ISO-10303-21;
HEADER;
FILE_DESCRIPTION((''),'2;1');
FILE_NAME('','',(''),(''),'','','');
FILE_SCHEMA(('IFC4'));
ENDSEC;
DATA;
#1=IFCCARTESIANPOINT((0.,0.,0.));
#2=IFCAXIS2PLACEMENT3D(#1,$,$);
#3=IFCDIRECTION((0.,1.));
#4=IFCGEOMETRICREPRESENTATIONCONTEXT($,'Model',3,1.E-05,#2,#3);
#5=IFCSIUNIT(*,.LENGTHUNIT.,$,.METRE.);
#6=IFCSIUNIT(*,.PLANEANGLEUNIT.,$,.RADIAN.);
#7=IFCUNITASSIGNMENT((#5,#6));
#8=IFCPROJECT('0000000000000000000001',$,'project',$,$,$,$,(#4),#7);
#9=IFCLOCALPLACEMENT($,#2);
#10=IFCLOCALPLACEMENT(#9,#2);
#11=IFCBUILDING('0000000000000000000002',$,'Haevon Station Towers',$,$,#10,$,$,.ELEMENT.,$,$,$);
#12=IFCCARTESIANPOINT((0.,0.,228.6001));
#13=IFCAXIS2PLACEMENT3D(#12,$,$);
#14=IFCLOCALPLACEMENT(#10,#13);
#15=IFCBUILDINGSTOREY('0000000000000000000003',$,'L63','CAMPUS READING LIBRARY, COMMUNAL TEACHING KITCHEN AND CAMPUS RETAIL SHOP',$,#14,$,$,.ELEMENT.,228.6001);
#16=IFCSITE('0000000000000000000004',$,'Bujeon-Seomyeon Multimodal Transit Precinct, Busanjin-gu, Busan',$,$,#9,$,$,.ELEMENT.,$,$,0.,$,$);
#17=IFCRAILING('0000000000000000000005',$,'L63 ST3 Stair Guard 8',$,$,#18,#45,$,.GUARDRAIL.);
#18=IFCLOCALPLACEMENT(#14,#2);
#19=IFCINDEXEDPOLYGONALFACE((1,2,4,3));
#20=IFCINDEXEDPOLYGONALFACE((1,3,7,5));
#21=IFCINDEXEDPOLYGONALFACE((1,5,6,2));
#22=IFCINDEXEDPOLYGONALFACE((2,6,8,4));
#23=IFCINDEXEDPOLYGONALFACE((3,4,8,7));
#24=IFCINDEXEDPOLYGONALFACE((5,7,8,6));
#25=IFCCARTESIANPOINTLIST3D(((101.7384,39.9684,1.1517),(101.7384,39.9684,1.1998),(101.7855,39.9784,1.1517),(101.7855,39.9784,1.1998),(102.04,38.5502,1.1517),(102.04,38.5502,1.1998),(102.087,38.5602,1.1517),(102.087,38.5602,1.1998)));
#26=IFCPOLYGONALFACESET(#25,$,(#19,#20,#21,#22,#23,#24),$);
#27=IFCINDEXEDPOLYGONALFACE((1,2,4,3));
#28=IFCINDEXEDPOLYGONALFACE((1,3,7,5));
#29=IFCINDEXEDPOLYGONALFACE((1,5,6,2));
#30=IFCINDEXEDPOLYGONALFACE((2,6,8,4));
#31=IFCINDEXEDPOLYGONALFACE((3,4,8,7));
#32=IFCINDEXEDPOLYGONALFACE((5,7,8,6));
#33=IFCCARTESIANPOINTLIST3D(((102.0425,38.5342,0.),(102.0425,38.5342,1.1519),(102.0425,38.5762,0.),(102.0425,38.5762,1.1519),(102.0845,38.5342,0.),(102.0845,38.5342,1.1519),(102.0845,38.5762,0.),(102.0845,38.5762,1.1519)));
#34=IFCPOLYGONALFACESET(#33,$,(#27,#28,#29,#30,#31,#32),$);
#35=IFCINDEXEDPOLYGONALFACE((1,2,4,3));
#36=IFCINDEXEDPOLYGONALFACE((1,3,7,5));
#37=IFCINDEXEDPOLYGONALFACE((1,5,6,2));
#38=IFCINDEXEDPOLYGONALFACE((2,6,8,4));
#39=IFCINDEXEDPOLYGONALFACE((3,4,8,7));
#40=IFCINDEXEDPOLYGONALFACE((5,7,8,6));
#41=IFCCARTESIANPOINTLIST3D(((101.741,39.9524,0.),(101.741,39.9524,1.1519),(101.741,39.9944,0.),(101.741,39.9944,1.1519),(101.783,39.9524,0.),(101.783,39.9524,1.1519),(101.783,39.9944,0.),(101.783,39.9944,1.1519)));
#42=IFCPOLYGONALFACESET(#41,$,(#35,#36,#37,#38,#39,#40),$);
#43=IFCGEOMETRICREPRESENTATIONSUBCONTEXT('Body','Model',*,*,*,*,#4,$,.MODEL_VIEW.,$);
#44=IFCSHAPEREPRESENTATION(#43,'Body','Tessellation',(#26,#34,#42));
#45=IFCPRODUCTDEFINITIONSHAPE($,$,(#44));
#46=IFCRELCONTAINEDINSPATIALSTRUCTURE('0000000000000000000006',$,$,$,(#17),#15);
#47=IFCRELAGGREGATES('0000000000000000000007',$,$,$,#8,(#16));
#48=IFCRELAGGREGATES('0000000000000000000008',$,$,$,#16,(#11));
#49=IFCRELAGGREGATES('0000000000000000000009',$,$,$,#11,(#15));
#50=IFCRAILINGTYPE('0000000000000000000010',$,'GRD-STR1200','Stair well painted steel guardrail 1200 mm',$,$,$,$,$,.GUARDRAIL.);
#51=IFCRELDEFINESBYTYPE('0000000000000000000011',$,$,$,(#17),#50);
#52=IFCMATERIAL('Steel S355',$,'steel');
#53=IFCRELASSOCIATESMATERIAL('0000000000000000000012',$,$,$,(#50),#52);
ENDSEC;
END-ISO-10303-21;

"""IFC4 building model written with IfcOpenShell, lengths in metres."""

from ifc_helpers import new_model, si_unit, direction, frame, origin, origin_2d, place, context, subcontext, project, spatial, rectangle, extrude, material, type_object, element, save


model = new_model("IFC4")

# Units and contexts
model_context = context("Model", 3, precision=1e-05, world=origin(), true_north=direction((0.0, 1.0)))
body_context = subcontext(model_context, "Body", "Model", "MODEL_VIEW")
ifc_project = project(units=[si_unit("LENGTHUNIT", "METRE"), si_unit("PLANEANGLEUNIT", "RADIAN")], contexts=[model_context])

# Site, building, storey
site_placement = place(None, origin())
site = spatial("IfcSite", under=ifc_project, at=site_placement, Name="Bujeon-Seomyeon Multimodal Transit Precinct, Busanjin-gu, Busan", CompositionType="ELEMENT", RefElevation=0.0)
building_placement = place(site_placement, origin())
building = spatial("IfcBuilding", under=site, at=building_placement, Name="Haevon Station Towers", CompositionType="ELEMENT")
storey_placement = place(building_placement, frame((0.0, 0.0, 228.6001)))
storey = spatial("IfcBuildingStorey", under=building, at=storey_placement, Name="L63", Description="CAMPUS READING LIBRARY, COMMUNAL TEACHING KITCHEN AND CAMPUS RETAIL SHOP", CompositionType="ELEMENT", Elevation=228.6001)

# Shared definitions
ifc_material_1 = material(Name="Steel S355", Category="steel")

# Railing
railing_type = type_object("IfcRailingType", Name="GRD-STR1200", Description="Stair well painted steel guardrail 1200 mm", PredefinedType="GUARDRAIL", material=ifc_material_1)
railing_placement = place(storey_placement, frame((102.0635, 38.5552, 0.0)))
element("IfcRailing", 1, at=railing_placement, inside=storey, type_object=railing_type, Name="L63 ST3 Stair Guard 8", PredefinedType="GUARDRAIL", context=body_context, shape_type="SweptSolid", body=[
    extrude(rectangle(XDim=0.0481, YDim=0.0481, at=origin_2d()), frame((0.0, 0.0, 1.1758), z_axis=(-0.207953, 0.978139, 0.0), x_axis=(-0.978139, -0.207953, 0.0)), (0.0, 0.0, 1.0), 1.45),
    extrude(rectangle(XDim=0.042, YDim=0.042, at=origin_2d()), origin(), (0.0, 0.0, 1.0), 1.1519),
    extrude(rectangle(XDim=0.042, YDim=0.042, at=origin_2d()), frame((-0.3015, 1.4182, 0.0)), (0.0, 0.0, 1.0), 1.1519),
])

save(model, "model.ifc")
